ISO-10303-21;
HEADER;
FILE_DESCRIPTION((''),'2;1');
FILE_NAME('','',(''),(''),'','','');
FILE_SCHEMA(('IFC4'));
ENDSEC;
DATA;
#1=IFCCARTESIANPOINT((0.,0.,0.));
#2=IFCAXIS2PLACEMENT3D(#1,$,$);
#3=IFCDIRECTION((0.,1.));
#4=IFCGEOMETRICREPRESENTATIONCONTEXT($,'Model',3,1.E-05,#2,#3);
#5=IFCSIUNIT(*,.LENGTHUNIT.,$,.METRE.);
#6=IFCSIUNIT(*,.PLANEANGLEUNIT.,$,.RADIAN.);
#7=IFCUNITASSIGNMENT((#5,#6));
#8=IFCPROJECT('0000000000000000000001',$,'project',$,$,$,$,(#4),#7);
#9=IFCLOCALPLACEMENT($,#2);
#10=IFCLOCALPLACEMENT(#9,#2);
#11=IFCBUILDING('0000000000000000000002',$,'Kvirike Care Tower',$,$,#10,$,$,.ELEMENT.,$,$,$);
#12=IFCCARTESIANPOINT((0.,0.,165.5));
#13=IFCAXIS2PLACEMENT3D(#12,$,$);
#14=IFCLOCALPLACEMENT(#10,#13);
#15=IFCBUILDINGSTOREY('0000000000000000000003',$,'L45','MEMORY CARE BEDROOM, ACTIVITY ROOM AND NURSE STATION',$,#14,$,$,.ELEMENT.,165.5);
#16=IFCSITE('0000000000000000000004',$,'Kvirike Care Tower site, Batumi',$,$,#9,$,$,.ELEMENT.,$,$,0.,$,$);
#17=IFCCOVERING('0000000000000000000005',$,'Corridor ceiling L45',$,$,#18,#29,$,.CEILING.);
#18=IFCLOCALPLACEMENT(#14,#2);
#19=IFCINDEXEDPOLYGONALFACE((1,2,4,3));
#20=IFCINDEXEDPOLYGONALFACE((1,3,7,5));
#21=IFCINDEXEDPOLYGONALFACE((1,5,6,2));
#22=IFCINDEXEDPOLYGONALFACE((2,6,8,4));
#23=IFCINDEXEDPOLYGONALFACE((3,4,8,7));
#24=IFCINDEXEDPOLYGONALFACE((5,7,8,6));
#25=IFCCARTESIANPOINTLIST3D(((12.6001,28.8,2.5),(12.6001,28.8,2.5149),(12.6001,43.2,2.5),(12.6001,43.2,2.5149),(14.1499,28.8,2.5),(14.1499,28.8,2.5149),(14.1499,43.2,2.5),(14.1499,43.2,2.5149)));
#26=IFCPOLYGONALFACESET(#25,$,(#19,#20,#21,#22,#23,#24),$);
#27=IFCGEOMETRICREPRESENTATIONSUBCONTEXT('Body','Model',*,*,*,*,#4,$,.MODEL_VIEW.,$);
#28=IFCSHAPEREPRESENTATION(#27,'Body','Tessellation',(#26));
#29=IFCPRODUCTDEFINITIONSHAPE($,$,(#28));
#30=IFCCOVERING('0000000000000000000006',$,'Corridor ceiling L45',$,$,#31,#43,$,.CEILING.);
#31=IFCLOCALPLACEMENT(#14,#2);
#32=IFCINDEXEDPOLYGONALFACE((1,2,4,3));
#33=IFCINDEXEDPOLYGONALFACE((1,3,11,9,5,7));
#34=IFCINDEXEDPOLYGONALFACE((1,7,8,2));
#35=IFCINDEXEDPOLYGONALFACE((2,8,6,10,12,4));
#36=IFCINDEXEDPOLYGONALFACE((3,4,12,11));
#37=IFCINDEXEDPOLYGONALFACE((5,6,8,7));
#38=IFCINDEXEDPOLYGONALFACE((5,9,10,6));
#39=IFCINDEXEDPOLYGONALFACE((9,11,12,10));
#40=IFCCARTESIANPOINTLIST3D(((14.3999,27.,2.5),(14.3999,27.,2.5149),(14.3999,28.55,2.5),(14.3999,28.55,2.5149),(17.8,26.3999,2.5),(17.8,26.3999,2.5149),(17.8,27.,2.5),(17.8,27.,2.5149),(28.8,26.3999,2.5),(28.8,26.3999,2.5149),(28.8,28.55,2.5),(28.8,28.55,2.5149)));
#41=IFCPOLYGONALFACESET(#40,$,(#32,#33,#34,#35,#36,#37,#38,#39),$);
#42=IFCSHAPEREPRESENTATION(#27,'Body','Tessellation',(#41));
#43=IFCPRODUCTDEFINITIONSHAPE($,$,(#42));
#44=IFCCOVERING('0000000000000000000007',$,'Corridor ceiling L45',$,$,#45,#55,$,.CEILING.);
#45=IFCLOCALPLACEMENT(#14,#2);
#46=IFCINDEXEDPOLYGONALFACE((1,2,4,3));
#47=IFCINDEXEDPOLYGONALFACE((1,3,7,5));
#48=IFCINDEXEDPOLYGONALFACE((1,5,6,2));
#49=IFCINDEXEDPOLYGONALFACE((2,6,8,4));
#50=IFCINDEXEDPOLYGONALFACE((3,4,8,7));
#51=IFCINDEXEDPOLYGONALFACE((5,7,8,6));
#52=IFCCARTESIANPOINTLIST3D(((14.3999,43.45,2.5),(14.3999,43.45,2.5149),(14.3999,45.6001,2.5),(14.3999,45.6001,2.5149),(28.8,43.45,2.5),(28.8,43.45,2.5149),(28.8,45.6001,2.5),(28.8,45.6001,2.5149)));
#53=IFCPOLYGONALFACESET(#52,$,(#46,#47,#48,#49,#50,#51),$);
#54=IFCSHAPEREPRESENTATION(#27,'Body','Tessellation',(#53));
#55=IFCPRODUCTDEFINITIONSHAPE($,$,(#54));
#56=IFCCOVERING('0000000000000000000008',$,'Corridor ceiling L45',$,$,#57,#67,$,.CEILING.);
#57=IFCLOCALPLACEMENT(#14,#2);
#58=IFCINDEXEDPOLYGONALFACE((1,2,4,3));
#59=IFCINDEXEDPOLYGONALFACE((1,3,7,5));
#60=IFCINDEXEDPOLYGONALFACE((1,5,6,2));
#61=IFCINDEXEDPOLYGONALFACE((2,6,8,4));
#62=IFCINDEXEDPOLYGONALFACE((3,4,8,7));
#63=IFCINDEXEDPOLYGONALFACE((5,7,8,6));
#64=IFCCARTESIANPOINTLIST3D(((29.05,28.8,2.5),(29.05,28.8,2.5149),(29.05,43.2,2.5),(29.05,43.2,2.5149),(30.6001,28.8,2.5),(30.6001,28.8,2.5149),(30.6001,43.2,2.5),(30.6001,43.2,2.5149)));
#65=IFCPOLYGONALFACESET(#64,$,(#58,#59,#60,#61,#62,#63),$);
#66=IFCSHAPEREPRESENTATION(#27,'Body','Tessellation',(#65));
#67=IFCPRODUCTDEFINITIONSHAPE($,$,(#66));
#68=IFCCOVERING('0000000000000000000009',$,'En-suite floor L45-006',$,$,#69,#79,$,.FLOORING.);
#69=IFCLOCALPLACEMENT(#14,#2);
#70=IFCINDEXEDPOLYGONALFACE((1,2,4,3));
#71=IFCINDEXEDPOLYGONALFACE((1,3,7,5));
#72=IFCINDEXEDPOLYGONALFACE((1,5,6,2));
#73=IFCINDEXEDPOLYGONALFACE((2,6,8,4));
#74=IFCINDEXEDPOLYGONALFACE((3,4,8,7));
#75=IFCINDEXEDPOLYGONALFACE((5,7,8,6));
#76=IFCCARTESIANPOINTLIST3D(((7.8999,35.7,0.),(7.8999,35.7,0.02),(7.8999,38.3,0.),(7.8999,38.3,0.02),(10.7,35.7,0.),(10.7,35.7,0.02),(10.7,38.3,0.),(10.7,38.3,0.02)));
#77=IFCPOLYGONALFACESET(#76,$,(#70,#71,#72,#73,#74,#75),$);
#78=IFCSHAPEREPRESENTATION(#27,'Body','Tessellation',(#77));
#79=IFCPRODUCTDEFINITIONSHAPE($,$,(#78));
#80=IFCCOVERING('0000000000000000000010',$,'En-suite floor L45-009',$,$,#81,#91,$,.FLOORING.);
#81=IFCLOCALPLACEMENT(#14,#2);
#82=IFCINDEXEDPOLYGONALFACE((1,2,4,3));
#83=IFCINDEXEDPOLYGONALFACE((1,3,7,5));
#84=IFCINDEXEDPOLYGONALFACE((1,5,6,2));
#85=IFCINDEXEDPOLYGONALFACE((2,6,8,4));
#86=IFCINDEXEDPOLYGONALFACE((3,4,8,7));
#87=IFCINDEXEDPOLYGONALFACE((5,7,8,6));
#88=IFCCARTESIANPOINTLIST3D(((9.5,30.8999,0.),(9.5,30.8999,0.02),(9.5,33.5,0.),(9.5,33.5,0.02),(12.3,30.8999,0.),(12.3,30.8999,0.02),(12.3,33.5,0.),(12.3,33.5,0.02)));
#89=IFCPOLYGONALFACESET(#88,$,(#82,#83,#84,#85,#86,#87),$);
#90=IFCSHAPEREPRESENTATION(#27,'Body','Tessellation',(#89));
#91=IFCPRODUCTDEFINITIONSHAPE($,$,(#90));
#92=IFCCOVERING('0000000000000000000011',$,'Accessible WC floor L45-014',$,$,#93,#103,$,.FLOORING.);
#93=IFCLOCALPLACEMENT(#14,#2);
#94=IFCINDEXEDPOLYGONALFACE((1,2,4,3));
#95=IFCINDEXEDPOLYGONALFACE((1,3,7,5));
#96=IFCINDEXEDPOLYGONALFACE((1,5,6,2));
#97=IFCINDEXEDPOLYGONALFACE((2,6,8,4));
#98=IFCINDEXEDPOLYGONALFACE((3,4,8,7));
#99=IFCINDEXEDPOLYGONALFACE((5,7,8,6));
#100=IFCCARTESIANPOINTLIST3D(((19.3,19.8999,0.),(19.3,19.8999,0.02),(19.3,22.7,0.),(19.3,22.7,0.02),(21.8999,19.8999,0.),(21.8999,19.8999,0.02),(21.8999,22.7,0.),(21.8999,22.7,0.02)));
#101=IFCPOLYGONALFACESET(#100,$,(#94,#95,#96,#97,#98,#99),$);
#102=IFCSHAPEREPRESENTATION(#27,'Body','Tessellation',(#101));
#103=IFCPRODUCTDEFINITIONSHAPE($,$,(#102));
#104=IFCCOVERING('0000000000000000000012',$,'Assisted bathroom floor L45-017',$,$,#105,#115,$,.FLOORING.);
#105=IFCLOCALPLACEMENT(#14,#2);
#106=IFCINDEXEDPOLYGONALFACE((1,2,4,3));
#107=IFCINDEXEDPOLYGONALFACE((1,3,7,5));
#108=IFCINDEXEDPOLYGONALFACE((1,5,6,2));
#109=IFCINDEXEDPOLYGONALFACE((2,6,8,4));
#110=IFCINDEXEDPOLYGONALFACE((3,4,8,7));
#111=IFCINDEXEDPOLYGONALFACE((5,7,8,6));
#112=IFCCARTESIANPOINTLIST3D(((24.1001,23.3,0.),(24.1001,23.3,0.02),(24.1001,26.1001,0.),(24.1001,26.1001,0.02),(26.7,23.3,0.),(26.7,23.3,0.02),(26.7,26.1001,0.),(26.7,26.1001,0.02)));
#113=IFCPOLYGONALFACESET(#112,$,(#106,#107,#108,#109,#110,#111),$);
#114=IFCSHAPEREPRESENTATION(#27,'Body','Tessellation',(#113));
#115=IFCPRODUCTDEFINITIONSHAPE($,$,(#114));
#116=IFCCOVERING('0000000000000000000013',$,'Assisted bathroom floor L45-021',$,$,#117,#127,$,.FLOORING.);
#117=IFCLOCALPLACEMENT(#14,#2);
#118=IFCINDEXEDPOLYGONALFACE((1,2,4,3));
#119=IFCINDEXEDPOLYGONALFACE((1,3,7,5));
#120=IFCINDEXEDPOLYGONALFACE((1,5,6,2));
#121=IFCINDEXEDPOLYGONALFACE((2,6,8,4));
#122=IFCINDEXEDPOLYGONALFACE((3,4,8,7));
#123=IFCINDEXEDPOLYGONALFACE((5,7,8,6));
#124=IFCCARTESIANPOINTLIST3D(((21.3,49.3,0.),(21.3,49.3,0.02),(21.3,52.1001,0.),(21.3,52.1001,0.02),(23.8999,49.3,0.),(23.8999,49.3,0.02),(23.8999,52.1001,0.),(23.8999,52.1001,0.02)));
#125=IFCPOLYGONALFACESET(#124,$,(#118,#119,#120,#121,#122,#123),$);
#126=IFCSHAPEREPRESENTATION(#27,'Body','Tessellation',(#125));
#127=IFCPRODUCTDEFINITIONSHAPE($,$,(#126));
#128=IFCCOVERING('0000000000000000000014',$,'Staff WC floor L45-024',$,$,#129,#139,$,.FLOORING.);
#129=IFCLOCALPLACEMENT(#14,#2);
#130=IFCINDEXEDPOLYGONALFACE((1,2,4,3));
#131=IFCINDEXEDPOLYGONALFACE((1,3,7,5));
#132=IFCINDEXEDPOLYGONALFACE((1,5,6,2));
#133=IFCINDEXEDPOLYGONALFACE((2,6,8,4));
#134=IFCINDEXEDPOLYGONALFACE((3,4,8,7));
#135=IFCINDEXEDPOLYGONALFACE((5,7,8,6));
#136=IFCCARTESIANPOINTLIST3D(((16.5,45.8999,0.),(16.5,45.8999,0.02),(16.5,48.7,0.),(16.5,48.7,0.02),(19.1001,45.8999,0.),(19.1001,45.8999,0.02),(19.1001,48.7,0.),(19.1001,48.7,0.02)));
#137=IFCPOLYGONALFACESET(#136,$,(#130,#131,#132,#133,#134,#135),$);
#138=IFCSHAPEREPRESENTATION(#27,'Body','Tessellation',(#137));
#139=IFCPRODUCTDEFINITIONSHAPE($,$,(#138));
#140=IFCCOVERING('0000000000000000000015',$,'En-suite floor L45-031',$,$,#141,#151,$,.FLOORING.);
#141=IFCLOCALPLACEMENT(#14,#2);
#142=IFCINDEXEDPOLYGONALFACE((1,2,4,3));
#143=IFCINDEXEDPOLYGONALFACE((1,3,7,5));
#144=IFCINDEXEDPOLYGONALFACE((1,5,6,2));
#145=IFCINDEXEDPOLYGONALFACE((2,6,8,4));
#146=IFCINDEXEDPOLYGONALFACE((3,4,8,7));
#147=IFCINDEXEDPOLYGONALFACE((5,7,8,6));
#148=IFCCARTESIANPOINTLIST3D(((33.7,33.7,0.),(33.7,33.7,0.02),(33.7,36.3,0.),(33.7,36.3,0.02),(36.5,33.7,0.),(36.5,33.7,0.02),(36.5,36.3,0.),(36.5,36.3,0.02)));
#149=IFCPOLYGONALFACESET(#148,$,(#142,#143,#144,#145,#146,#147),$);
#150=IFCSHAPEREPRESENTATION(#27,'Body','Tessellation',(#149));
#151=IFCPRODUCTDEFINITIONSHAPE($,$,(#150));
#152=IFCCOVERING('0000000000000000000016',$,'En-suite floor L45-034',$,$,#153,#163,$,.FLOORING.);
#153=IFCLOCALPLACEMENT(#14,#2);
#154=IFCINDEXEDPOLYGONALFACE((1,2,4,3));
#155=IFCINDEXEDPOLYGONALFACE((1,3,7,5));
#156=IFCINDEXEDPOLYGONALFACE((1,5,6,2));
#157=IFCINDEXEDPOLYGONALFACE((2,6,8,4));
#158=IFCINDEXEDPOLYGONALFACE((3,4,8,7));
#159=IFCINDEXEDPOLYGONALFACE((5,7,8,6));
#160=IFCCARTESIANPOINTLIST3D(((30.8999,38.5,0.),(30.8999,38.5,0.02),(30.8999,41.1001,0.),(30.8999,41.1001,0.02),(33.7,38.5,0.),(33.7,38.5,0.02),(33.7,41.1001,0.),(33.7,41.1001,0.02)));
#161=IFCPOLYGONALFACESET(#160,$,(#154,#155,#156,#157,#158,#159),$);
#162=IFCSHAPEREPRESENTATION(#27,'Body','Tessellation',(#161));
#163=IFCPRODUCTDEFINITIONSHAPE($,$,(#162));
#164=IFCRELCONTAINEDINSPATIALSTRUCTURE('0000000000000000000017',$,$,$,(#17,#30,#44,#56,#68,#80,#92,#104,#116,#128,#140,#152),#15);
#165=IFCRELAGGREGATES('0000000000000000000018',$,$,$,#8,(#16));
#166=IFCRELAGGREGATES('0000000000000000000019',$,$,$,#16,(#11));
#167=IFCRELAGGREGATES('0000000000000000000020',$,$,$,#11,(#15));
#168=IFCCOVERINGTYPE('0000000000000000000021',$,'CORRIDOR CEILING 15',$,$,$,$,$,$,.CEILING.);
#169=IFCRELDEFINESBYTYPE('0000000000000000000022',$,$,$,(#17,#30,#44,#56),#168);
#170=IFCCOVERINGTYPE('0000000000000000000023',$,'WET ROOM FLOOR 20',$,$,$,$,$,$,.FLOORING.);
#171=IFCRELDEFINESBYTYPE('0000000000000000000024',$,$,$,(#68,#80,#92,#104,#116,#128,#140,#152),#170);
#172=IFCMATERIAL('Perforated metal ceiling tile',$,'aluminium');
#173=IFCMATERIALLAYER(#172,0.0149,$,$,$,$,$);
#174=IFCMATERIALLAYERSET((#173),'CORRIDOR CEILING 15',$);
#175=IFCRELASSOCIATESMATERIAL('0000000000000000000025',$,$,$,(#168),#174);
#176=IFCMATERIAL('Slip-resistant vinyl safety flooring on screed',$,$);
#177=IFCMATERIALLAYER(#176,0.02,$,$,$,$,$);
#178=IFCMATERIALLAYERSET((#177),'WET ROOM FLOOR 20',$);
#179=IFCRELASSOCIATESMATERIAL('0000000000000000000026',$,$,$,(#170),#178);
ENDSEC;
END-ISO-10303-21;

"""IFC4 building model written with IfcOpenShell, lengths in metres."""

from ifc_helpers import new_model, si_unit, direction, frame, origin, place, context, subcontext, project, spatial, polyline, outline, extrude, material, layer, layer_set, type_object, element, save


model = new_model("IFC4")

# Units and contexts
model_context = context("Model", 3, precision=1e-05, world=origin(), true_north=direction((0.0, 1.0)))
body_context = subcontext(model_context, "Body", "Model", "MODEL_VIEW")
ifc_project = project(units=[si_unit("LENGTHUNIT", "METRE"), si_unit("PLANEANGLEUNIT", "RADIAN")], contexts=[model_context])

# Site, building, storey
site_placement = place(None, origin())
site = spatial("IfcSite", under=ifc_project, at=site_placement, Name="Kvirike Care Tower site, Batumi", CompositionType="ELEMENT", RefElevation=0.0)
building_placement = place(site_placement, origin())
building = spatial("IfcBuilding", under=site, at=building_placement, Name="Kvirike Care Tower", CompositionType="ELEMENT")
storey_placement = place(building_placement, frame((0.0, 0.0, 165.5)))
storey = spatial("IfcBuildingStorey", under=building, at=storey_placement, Name="L45", Description="MEMORY CARE BEDROOM, ACTIVITY ROOM AND NURSE STATION", CompositionType="ELEMENT", Elevation=165.5)

# Coverings
ifc_material_1 = material(Name="Perforated metal ceiling tile", Category="aluminium")
ifc_layer_1 = layer(ifc_material_1, 0.0149)
ifc_layer_set_1 = layer_set([ifc_layer_1], Name="CORRIDOR CEILING 15")
covering_type_1 = type_object("IfcCoveringType", Name="CORRIDOR CEILING 15", PredefinedType="CEILING", material=ifc_layer_set_1)
covering_1_placement = place(storey_placement, frame((0.0, 0.0, 2.5)))
element("IfcCovering", 1, at=covering_1_placement, inside=storey, type_object=covering_type_1, Name="Corridor ceiling L45", PredefinedType="CEILING", context=body_context, shape_type="SweptSolid", body=[
    extrude(outline(polyline([(12.6001, 43.2), (14.1499, 43.2), (14.1499, 28.8), (12.6001, 28.8), (12.6001, 43.2)])), origin(), (0.0, 0.0, 1.0), 0.0149),
])
covering_2_placement = place(storey_placement, frame((0.0, 0.0, 2.5)))
element("IfcCovering", 2, at=covering_2_placement, inside=storey, type_object=covering_type_1, Name="Corridor ceiling L45", PredefinedType="CEILING", context=body_context, shape_type="SweptSolid", body=[
    extrude(outline(polyline([(14.3999, 28.55), (28.8, 28.55), (28.8, 26.3999), (17.8, 26.3999), (17.8, 27.0), (14.3999, 27.0), (14.3999, 28.55)])), origin(), (0.0, 0.0, 1.0), 0.0149),
])
covering_3_placement = place(storey_placement, frame((0.0, 0.0, 2.5)))
element("IfcCovering", 3, at=covering_3_placement, inside=storey, type_object=covering_type_1, Name="Corridor ceiling L45", PredefinedType="CEILING", context=body_context, shape_type="SweptSolid", body=[
    extrude(outline(polyline([(28.8, 45.6001), (28.8, 43.45), (14.3999, 43.45), (14.3999, 45.6001), (28.8, 45.6001)])), origin(), (0.0, 0.0, 1.0), 0.0149),
])
covering_4_placement = place(storey_placement, frame((0.0, 0.0, 2.5)))
element("IfcCovering", 4, at=covering_4_placement, inside=storey, type_object=covering_type_1, Name="Corridor ceiling L45", PredefinedType="CEILING", context=body_context, shape_type="SweptSolid", body=[
    extrude(outline(polyline([(30.6001, 28.8), (29.05, 28.8), (29.05, 43.2), (30.6001, 43.2), (30.6001, 28.8)])), origin(), (0.0, 0.0, 1.0), 0.0149),
])
ifc_material_2 = material(Name="Slip-resistant vinyl safety flooring on screed")
ifc_layer_2 = layer(ifc_material_2, 0.02)
ifc_layer_set_2 = layer_set([ifc_layer_2], Name="WET ROOM FLOOR 20")
covering_type_2 = type_object("IfcCoveringType", Name="WET ROOM FLOOR 20", PredefinedType="FLOORING", material=ifc_layer_set_2)
covering_5_placement = place(storey_placement, origin())
element("IfcCovering", 5, at=covering_5_placement, inside=storey, type_object=covering_type_2, Name="En-suite floor L45-006", PredefinedType="FLOORING", context=body_context, shape_type="SweptSolid", body=[
    extrude(outline(polyline([(7.8999, 38.3), (10.7, 38.3), (10.7, 35.7), (7.8999, 35.7), (7.8999, 38.3)])), origin(), (0.0, 0.0, 1.0), 0.02),
])
covering_6_placement = place(storey_placement, origin())
element("IfcCovering", 6, at=covering_6_placement, inside=storey, type_object=covering_type_2, Name="En-suite floor L45-009", PredefinedType="FLOORING", context=body_context, shape_type="SweptSolid", body=[
    extrude(outline(polyline([(9.5, 33.5), (12.3, 33.5), (12.3, 30.8999), (9.5, 30.8999), (9.5, 33.5)])), origin(), (0.0, 0.0, 1.0), 0.02),
])
covering_7_placement = place(storey_placement, origin())
element("IfcCovering", 7, at=covering_7_placement, inside=storey, type_object=covering_type_2, Name="Accessible WC floor L45-014", PredefinedType="FLOORING", context=body_context, shape_type="SweptSolid", body=[
    extrude(outline(polyline([(19.3, 19.8999), (19.3, 22.7), (21.8999, 22.7), (21.8999, 19.8999), (19.3, 19.8999)])), origin(), (0.0, 0.0, 1.0), 0.02),
])
covering_8_placement = place(storey_placement, origin())
element("IfcCovering", 8, at=covering_8_placement, inside=storey, type_object=covering_type_2, Name="Assisted bathroom floor L45-017", PredefinedType="FLOORING", context=body_context, shape_type="SweptSolid", body=[
    extrude(outline(polyline([(24.1001, 23.3), (24.1001, 26.1001), (26.7, 26.1001), (26.7, 23.3), (24.1001, 23.3)])), origin(), (0.0, 0.0, 1.0), 0.02),
])
covering_9_placement = place(storey_placement, origin())
element("IfcCovering", 9, at=covering_9_placement, inside=storey, type_object=covering_type_2, Name="Assisted bathroom floor L45-021", PredefinedType="FLOORING", context=body_context, shape_type="SweptSolid", body=[
    extrude(outline(polyline([(23.8999, 52.1001), (23.8999, 49.3), (21.3, 49.3), (21.3, 52.1001), (23.8999, 52.1001)])), origin(), (0.0, 0.0, 1.0), 0.02),
])
covering_10_placement = place(storey_placement, origin())
element("IfcCovering", 10, at=covering_10_placement, inside=storey, type_object=covering_type_2, Name="Staff WC floor L45-024", PredefinedType="FLOORING", context=body_context, shape_type="SweptSolid", body=[
    extrude(outline(polyline([(19.1001, 48.7), (19.1001, 45.8999), (16.5, 45.8999), (16.5, 48.7), (19.1001, 48.7)])), origin(), (0.0, 0.0, 1.0), 0.02),
])
covering_11_placement = place(storey_placement, origin())
element("IfcCovering", 11, at=covering_11_placement, inside=storey, type_object=covering_type_2, Name="En-suite floor L45-031", PredefinedType="FLOORING", context=body_context, shape_type="SweptSolid", body=[
    extrude(outline(polyline([(36.5, 33.7), (33.7, 33.7), (33.7, 36.3), (36.5, 36.3), (36.5, 33.7)])), origin(), (0.0, 0.0, 1.0), 0.02),
])
covering_12_placement = place(storey_placement, origin())
element("IfcCovering", 12, at=covering_12_placement, inside=storey, type_object=covering_type_2, Name="En-suite floor L45-034", PredefinedType="FLOORING", context=body_context, shape_type="SweptSolid", body=[
    extrude(outline(polyline([(33.7, 38.5), (30.8999, 38.5), (30.8999, 41.1001), (33.7, 41.1001), (33.7, 38.5)])), origin(), (0.0, 0.0, 1.0), 0.02),
])

save(model, "model.ifc")
